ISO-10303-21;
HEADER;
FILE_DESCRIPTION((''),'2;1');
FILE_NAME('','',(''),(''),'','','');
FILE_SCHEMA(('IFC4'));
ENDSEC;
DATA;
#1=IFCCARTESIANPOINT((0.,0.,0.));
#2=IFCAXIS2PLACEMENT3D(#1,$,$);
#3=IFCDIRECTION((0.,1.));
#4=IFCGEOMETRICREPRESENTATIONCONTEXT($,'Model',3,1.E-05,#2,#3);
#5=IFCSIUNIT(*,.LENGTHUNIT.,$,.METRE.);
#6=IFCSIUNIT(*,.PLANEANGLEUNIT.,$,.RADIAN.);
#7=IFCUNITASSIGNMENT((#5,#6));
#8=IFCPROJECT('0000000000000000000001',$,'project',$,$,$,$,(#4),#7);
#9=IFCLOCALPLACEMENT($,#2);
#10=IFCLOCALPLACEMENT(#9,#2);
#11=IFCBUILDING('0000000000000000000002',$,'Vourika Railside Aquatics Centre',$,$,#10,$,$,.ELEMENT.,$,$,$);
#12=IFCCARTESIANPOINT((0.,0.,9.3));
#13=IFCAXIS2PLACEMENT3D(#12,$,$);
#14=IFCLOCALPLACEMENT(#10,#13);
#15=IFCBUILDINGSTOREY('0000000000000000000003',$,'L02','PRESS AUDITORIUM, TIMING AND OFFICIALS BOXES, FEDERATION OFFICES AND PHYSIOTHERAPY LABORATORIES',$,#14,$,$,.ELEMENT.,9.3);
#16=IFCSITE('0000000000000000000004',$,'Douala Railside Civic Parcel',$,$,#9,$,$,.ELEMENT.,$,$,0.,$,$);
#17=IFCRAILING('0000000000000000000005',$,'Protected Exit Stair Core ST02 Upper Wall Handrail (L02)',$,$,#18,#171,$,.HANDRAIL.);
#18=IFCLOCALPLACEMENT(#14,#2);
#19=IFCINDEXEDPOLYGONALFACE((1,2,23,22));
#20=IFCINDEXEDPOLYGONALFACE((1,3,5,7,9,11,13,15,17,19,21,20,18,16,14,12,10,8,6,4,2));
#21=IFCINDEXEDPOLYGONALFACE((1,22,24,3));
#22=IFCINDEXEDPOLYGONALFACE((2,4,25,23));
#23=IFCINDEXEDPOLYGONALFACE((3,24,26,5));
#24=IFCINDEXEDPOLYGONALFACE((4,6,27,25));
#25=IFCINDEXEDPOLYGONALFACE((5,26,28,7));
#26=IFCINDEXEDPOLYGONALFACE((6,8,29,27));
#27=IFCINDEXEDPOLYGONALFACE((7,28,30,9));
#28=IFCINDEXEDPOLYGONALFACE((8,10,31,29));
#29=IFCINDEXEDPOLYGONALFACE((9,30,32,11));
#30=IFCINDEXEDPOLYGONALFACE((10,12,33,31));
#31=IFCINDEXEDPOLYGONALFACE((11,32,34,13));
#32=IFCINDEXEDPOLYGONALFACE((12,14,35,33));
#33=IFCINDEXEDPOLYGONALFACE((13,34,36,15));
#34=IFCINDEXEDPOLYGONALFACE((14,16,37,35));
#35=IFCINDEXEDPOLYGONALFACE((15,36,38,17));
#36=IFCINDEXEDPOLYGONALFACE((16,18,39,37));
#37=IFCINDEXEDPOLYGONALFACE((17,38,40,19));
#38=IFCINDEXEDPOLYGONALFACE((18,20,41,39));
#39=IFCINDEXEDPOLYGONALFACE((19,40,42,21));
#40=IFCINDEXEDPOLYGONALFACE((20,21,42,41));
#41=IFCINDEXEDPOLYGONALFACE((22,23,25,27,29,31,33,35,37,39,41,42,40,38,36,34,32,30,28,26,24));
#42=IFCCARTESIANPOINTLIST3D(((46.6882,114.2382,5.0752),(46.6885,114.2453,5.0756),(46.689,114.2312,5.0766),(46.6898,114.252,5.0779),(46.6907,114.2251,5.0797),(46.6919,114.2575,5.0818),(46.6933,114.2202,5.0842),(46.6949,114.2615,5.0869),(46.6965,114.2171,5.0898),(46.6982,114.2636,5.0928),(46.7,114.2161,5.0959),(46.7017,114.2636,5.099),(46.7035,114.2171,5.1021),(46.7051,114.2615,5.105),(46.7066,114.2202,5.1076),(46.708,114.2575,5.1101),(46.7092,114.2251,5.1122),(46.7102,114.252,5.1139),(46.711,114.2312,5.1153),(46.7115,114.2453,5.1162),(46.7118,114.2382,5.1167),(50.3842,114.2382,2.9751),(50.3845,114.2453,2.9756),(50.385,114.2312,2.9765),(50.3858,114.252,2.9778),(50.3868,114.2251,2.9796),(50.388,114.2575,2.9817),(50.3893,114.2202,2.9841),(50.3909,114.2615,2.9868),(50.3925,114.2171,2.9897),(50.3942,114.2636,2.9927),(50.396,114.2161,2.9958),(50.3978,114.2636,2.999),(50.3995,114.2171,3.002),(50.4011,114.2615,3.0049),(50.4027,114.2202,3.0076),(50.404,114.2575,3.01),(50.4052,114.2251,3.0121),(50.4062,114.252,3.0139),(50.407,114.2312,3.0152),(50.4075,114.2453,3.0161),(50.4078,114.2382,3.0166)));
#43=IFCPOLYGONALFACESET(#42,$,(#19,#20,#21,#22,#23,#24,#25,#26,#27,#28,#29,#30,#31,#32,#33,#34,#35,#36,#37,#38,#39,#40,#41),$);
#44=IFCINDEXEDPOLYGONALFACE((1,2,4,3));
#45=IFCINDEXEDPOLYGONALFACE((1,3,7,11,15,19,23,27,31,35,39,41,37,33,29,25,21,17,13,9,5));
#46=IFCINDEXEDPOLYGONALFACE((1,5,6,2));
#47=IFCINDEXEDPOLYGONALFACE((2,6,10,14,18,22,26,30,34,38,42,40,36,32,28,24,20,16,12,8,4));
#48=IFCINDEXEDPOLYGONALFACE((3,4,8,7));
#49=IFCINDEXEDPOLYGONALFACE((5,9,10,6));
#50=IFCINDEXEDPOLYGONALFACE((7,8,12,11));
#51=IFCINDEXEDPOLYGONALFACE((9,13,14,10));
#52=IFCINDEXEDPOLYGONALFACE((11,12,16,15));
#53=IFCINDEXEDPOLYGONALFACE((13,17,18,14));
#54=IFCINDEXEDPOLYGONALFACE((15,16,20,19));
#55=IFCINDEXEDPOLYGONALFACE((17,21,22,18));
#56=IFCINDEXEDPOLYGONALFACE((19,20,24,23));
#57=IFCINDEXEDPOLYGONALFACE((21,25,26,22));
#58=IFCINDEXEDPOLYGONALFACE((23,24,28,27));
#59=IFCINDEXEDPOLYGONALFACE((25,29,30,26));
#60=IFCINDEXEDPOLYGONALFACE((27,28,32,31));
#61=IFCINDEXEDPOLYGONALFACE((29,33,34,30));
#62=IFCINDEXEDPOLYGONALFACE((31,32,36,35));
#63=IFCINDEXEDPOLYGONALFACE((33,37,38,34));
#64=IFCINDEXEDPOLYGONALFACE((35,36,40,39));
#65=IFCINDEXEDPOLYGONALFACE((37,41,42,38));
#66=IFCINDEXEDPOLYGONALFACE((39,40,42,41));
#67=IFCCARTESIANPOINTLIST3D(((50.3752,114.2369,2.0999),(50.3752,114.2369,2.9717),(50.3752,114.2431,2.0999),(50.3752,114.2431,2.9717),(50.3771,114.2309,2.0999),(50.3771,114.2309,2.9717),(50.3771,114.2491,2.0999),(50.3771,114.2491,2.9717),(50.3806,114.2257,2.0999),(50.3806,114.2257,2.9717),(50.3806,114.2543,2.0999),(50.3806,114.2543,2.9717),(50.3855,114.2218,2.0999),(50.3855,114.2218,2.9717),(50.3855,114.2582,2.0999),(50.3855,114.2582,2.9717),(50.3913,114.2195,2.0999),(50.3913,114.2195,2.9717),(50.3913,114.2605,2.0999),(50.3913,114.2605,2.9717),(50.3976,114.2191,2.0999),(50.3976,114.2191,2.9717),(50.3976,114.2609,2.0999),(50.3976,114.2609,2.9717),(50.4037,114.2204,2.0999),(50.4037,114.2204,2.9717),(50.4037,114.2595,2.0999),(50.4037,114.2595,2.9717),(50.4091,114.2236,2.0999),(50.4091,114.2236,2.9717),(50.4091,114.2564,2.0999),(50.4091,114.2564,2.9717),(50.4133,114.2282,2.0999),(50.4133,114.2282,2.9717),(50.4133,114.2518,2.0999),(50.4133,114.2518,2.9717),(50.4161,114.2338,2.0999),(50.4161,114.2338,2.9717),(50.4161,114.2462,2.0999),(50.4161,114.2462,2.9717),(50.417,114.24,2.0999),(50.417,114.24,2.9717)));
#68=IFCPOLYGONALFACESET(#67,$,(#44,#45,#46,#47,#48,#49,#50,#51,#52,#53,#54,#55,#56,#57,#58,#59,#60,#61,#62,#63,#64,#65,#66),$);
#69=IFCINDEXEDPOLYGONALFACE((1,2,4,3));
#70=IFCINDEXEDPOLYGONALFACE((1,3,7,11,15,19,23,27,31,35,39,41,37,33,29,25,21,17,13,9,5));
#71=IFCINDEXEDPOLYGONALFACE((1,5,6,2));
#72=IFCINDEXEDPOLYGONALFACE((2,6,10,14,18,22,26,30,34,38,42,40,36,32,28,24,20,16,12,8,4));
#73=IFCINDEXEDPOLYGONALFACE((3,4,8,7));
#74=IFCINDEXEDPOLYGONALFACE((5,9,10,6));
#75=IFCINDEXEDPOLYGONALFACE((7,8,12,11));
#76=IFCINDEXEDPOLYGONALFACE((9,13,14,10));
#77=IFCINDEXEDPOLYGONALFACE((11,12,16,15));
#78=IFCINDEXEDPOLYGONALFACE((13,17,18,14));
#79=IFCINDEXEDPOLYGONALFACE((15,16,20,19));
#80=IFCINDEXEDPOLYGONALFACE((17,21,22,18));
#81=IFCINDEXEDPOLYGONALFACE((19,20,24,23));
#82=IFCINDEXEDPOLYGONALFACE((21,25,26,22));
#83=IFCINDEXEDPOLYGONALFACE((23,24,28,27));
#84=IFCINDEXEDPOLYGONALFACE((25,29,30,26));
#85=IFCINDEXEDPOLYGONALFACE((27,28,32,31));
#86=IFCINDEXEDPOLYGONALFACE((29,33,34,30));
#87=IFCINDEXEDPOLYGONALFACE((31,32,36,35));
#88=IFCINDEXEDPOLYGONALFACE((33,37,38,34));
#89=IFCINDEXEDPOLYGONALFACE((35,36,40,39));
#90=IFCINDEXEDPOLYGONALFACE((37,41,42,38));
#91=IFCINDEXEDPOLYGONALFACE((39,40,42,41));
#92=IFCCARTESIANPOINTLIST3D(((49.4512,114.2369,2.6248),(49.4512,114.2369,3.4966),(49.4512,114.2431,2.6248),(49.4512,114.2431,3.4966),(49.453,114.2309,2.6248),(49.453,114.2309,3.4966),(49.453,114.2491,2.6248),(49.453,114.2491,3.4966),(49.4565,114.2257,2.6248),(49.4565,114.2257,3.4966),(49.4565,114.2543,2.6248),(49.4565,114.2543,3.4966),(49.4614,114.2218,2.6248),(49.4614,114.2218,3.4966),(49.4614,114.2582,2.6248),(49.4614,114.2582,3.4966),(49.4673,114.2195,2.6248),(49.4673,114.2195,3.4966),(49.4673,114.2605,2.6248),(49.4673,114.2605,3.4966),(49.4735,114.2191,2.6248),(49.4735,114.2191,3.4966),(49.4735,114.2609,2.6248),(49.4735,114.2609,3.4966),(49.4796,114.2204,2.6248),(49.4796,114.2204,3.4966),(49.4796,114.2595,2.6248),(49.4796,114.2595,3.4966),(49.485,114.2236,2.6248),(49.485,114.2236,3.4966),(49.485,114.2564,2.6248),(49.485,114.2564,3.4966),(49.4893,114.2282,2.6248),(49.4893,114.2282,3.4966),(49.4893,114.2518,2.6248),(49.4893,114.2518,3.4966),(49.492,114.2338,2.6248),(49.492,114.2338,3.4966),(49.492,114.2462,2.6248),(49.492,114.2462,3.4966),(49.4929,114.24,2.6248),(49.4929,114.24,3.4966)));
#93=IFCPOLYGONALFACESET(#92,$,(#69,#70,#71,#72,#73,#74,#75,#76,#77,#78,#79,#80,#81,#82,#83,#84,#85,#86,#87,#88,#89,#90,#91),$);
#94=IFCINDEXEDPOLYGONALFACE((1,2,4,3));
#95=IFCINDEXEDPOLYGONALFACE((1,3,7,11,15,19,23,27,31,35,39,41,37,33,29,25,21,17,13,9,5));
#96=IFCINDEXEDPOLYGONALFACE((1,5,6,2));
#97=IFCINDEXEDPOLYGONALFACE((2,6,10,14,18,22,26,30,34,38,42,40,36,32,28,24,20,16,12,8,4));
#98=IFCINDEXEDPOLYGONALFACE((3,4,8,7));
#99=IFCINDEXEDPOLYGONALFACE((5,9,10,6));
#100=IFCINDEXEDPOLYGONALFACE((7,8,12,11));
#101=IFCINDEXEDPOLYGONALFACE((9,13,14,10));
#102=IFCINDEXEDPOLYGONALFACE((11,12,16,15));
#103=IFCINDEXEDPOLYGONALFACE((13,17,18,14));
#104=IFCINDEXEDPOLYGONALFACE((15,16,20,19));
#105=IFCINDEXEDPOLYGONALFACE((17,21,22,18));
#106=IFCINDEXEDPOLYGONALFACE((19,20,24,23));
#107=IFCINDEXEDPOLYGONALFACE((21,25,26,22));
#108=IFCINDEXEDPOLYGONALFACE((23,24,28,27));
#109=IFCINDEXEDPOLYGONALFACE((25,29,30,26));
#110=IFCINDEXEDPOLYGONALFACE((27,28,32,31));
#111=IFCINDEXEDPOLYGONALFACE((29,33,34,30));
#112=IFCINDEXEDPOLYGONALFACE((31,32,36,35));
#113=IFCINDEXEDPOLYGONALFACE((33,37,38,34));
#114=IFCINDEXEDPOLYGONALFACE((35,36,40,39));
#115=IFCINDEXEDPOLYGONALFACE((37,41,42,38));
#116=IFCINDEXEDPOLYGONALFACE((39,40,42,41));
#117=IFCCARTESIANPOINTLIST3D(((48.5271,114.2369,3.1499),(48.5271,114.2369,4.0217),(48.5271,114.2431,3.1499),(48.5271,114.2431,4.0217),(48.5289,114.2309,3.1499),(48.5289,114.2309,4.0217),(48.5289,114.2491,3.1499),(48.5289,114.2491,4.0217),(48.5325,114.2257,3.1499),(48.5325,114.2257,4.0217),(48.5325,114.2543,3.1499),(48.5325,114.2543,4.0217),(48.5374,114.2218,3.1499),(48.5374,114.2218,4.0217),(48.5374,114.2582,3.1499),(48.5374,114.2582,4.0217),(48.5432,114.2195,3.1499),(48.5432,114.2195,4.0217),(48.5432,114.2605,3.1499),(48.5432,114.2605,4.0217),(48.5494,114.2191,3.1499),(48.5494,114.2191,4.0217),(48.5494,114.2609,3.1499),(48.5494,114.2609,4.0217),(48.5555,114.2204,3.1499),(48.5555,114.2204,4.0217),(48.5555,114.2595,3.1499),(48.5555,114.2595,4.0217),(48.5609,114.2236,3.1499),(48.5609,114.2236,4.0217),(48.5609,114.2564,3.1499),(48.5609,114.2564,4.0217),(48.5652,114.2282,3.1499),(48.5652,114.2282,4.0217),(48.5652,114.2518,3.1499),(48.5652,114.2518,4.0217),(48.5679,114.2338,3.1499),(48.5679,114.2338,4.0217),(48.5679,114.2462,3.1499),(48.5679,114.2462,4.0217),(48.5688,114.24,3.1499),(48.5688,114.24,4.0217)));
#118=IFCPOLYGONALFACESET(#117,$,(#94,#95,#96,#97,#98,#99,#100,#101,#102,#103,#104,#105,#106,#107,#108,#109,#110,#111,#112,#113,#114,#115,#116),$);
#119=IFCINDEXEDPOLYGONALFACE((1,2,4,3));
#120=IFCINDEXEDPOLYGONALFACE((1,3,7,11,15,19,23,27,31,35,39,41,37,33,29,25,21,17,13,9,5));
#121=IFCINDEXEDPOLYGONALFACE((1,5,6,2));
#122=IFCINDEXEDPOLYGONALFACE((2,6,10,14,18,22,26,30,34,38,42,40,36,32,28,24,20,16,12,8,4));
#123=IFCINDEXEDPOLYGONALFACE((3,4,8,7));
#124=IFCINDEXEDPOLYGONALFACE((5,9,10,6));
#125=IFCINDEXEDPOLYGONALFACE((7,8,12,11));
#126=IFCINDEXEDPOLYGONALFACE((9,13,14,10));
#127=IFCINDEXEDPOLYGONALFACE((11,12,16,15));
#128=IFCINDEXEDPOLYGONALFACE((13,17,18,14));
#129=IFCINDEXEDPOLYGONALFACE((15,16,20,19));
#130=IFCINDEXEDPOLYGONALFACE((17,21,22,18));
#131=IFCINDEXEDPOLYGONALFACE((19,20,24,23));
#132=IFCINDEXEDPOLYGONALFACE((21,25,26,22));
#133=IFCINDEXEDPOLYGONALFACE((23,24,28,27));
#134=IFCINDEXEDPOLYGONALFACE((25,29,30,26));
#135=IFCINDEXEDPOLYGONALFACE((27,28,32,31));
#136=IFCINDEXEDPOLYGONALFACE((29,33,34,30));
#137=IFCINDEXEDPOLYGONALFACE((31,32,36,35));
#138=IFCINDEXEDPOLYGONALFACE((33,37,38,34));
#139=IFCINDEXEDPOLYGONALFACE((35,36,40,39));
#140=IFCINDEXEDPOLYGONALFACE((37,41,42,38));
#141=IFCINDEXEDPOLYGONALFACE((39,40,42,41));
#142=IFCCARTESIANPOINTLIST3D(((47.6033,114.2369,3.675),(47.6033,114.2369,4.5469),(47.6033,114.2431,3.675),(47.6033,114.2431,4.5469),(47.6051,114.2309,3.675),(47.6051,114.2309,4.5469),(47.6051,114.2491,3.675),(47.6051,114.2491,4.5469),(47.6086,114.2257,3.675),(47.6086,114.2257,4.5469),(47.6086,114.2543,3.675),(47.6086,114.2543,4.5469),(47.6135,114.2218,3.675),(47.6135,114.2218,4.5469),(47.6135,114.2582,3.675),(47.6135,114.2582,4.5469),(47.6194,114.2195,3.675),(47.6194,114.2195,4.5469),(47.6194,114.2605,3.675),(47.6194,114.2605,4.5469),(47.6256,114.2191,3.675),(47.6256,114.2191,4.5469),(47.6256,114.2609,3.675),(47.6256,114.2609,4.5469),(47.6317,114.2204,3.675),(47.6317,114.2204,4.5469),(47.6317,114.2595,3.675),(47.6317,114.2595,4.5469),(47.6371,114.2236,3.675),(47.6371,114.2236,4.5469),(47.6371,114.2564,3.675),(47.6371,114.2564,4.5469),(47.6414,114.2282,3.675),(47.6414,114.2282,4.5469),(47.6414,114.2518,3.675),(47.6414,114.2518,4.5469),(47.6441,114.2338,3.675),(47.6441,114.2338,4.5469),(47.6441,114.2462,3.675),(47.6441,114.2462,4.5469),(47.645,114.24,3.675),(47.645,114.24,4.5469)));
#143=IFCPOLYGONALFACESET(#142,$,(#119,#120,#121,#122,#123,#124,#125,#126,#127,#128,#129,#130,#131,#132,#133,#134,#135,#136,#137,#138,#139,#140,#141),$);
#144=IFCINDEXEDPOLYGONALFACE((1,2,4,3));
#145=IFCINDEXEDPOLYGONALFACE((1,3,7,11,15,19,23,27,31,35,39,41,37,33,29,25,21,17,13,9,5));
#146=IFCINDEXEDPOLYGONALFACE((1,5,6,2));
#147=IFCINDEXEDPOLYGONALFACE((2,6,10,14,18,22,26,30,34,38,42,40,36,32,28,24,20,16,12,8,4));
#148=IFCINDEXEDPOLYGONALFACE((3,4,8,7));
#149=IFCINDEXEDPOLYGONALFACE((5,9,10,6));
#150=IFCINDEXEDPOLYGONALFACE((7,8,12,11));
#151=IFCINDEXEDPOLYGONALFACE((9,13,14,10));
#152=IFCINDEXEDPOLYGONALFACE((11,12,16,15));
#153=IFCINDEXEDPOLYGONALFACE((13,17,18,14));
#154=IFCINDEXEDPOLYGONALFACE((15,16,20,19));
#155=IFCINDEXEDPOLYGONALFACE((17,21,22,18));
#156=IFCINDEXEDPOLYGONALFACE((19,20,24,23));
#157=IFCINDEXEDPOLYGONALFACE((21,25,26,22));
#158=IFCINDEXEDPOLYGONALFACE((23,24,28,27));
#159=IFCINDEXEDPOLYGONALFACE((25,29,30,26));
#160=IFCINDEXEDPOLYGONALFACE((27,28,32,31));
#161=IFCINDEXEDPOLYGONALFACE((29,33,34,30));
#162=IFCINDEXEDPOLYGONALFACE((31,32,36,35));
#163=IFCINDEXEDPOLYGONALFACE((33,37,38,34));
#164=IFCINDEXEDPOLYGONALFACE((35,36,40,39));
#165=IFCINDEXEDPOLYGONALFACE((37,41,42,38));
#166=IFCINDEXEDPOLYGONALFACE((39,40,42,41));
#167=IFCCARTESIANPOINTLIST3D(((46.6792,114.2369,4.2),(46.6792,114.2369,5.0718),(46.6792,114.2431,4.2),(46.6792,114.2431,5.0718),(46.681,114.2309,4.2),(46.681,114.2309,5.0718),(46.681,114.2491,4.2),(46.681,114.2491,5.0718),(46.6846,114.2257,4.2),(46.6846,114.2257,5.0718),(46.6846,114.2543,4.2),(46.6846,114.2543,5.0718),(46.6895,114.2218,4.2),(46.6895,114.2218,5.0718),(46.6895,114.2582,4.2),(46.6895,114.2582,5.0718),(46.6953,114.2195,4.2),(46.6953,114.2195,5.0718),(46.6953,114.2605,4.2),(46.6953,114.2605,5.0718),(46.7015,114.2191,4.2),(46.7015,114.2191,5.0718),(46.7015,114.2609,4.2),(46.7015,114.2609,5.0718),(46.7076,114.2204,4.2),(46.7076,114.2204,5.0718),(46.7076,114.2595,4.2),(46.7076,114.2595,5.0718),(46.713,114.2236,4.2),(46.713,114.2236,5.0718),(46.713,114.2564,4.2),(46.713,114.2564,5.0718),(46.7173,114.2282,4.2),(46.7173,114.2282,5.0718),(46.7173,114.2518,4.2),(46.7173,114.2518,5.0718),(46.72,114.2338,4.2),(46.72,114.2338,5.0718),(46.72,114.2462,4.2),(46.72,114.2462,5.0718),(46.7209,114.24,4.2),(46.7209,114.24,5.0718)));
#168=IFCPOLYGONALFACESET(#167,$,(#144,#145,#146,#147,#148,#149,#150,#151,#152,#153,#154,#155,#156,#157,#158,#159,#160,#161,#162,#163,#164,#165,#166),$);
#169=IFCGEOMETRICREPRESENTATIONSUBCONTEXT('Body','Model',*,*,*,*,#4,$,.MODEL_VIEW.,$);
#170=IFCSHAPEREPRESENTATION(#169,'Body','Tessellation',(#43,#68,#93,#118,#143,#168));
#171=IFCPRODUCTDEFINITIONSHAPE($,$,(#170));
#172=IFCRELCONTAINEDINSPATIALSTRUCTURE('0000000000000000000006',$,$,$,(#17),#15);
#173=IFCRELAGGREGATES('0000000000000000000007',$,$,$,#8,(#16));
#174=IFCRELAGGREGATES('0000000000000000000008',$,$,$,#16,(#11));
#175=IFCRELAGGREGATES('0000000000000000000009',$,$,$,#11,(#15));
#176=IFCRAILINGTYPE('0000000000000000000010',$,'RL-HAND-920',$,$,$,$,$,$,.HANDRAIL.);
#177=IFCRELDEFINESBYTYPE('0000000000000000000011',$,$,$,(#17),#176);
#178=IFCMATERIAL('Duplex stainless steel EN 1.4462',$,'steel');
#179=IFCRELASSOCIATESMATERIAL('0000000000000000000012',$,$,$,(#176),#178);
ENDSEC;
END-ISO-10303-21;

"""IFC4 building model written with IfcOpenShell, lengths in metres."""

from ifc_helpers import new_model, si_unit, direction, frame, origin, origin_2d, place, context, subcontext, project, spatial, circle, extrude, material, type_object, element, save


model = new_model("IFC4")

# Units and contexts
model_context = context("Model", 3, precision=1e-05, world=origin(), true_north=direction((0.0, 1.0)))
body_context = subcontext(model_context, "Body", "Model", "MODEL_VIEW")
ifc_project = project(units=[si_unit("LENGTHUNIT", "METRE"), si_unit("PLANEANGLEUNIT", "RADIAN")], contexts=[model_context])

# Site, building, storey
site_placement = place(None, origin())
site = spatial("IfcSite", under=ifc_project, at=site_placement, Name="Douala Railside Civic Parcel", CompositionType="ELEMENT", RefElevation=0.0)
building_placement = place(site_placement, origin())
building = spatial("IfcBuilding", under=site, at=building_placement, Name="Vourika Railside Aquatics Centre", CompositionType="ELEMENT")
storey_placement = place(building_placement, frame((0.0, 0.0, 9.3)))
storey = spatial("IfcBuildingStorey", under=building, at=storey_placement, Name="L02", Description="PRESS AUDITORIUM, TIMING AND OFFICIALS BOXES, FEDERATION OFFICES AND PHYSIOTHERAPY LABORATORIES", CompositionType="ELEMENT", Elevation=9.3)

# Railing
ifc_material_1 = material(Name="Duplex stainless steel EN 1.4462", Category="steel")
railing_type_1 = type_object("IfcRailingType", Name="RL-HAND-920", PredefinedType="HANDRAIL", material=ifc_material_1)
railing_1_placement = place(storey_placement, frame((50.396, 114.24, 2.0999)))
element("IfcRailing", 1, at=railing_1_placement, inside=storey, type_object=railing_type_1, Name="Protected Exit Stair Core ST02 Upper Wall Handrail (L02)", PredefinedType="HANDRAIL", context=body_context, shape_type="SweptSolid", body=[
    extrude(circle(Radius=0.0239, at=origin_2d()), frame((0.0, 0.0, 0.896), z_axis=(-0.869449, 0.0, 0.494022), x_axis=(0.0, -1.0, 0.0)), (0.0, 0.0, 1.0), 4.251),
    extrude(circle(Radius=0.021, at=origin_2d()), origin(), (0.0, 0.0, 1.0), 0.8718),
    extrude(circle(Radius=0.021, at=origin_2d()), frame((-0.9241, 0.0, 0.5249)), (0.0, 0.0, 1.0), 0.8718),
    extrude(circle(Radius=0.021, at=origin_2d()), frame((-1.8481, 0.0, 1.05)), (0.0, 0.0, 1.0), 0.8718),
    extrude(circle(Radius=0.021, at=origin_2d()), frame((-2.772, 0.0, 1.5752)), (0.0, 0.0, 1.0), 0.8718),
    extrude(circle(Radius=0.021, at=origin_2d()), frame((-3.696, 0.0, 2.1001)), (0.0, 0.0, 1.0), 0.8718),
])

save(model, "model.ifc")
